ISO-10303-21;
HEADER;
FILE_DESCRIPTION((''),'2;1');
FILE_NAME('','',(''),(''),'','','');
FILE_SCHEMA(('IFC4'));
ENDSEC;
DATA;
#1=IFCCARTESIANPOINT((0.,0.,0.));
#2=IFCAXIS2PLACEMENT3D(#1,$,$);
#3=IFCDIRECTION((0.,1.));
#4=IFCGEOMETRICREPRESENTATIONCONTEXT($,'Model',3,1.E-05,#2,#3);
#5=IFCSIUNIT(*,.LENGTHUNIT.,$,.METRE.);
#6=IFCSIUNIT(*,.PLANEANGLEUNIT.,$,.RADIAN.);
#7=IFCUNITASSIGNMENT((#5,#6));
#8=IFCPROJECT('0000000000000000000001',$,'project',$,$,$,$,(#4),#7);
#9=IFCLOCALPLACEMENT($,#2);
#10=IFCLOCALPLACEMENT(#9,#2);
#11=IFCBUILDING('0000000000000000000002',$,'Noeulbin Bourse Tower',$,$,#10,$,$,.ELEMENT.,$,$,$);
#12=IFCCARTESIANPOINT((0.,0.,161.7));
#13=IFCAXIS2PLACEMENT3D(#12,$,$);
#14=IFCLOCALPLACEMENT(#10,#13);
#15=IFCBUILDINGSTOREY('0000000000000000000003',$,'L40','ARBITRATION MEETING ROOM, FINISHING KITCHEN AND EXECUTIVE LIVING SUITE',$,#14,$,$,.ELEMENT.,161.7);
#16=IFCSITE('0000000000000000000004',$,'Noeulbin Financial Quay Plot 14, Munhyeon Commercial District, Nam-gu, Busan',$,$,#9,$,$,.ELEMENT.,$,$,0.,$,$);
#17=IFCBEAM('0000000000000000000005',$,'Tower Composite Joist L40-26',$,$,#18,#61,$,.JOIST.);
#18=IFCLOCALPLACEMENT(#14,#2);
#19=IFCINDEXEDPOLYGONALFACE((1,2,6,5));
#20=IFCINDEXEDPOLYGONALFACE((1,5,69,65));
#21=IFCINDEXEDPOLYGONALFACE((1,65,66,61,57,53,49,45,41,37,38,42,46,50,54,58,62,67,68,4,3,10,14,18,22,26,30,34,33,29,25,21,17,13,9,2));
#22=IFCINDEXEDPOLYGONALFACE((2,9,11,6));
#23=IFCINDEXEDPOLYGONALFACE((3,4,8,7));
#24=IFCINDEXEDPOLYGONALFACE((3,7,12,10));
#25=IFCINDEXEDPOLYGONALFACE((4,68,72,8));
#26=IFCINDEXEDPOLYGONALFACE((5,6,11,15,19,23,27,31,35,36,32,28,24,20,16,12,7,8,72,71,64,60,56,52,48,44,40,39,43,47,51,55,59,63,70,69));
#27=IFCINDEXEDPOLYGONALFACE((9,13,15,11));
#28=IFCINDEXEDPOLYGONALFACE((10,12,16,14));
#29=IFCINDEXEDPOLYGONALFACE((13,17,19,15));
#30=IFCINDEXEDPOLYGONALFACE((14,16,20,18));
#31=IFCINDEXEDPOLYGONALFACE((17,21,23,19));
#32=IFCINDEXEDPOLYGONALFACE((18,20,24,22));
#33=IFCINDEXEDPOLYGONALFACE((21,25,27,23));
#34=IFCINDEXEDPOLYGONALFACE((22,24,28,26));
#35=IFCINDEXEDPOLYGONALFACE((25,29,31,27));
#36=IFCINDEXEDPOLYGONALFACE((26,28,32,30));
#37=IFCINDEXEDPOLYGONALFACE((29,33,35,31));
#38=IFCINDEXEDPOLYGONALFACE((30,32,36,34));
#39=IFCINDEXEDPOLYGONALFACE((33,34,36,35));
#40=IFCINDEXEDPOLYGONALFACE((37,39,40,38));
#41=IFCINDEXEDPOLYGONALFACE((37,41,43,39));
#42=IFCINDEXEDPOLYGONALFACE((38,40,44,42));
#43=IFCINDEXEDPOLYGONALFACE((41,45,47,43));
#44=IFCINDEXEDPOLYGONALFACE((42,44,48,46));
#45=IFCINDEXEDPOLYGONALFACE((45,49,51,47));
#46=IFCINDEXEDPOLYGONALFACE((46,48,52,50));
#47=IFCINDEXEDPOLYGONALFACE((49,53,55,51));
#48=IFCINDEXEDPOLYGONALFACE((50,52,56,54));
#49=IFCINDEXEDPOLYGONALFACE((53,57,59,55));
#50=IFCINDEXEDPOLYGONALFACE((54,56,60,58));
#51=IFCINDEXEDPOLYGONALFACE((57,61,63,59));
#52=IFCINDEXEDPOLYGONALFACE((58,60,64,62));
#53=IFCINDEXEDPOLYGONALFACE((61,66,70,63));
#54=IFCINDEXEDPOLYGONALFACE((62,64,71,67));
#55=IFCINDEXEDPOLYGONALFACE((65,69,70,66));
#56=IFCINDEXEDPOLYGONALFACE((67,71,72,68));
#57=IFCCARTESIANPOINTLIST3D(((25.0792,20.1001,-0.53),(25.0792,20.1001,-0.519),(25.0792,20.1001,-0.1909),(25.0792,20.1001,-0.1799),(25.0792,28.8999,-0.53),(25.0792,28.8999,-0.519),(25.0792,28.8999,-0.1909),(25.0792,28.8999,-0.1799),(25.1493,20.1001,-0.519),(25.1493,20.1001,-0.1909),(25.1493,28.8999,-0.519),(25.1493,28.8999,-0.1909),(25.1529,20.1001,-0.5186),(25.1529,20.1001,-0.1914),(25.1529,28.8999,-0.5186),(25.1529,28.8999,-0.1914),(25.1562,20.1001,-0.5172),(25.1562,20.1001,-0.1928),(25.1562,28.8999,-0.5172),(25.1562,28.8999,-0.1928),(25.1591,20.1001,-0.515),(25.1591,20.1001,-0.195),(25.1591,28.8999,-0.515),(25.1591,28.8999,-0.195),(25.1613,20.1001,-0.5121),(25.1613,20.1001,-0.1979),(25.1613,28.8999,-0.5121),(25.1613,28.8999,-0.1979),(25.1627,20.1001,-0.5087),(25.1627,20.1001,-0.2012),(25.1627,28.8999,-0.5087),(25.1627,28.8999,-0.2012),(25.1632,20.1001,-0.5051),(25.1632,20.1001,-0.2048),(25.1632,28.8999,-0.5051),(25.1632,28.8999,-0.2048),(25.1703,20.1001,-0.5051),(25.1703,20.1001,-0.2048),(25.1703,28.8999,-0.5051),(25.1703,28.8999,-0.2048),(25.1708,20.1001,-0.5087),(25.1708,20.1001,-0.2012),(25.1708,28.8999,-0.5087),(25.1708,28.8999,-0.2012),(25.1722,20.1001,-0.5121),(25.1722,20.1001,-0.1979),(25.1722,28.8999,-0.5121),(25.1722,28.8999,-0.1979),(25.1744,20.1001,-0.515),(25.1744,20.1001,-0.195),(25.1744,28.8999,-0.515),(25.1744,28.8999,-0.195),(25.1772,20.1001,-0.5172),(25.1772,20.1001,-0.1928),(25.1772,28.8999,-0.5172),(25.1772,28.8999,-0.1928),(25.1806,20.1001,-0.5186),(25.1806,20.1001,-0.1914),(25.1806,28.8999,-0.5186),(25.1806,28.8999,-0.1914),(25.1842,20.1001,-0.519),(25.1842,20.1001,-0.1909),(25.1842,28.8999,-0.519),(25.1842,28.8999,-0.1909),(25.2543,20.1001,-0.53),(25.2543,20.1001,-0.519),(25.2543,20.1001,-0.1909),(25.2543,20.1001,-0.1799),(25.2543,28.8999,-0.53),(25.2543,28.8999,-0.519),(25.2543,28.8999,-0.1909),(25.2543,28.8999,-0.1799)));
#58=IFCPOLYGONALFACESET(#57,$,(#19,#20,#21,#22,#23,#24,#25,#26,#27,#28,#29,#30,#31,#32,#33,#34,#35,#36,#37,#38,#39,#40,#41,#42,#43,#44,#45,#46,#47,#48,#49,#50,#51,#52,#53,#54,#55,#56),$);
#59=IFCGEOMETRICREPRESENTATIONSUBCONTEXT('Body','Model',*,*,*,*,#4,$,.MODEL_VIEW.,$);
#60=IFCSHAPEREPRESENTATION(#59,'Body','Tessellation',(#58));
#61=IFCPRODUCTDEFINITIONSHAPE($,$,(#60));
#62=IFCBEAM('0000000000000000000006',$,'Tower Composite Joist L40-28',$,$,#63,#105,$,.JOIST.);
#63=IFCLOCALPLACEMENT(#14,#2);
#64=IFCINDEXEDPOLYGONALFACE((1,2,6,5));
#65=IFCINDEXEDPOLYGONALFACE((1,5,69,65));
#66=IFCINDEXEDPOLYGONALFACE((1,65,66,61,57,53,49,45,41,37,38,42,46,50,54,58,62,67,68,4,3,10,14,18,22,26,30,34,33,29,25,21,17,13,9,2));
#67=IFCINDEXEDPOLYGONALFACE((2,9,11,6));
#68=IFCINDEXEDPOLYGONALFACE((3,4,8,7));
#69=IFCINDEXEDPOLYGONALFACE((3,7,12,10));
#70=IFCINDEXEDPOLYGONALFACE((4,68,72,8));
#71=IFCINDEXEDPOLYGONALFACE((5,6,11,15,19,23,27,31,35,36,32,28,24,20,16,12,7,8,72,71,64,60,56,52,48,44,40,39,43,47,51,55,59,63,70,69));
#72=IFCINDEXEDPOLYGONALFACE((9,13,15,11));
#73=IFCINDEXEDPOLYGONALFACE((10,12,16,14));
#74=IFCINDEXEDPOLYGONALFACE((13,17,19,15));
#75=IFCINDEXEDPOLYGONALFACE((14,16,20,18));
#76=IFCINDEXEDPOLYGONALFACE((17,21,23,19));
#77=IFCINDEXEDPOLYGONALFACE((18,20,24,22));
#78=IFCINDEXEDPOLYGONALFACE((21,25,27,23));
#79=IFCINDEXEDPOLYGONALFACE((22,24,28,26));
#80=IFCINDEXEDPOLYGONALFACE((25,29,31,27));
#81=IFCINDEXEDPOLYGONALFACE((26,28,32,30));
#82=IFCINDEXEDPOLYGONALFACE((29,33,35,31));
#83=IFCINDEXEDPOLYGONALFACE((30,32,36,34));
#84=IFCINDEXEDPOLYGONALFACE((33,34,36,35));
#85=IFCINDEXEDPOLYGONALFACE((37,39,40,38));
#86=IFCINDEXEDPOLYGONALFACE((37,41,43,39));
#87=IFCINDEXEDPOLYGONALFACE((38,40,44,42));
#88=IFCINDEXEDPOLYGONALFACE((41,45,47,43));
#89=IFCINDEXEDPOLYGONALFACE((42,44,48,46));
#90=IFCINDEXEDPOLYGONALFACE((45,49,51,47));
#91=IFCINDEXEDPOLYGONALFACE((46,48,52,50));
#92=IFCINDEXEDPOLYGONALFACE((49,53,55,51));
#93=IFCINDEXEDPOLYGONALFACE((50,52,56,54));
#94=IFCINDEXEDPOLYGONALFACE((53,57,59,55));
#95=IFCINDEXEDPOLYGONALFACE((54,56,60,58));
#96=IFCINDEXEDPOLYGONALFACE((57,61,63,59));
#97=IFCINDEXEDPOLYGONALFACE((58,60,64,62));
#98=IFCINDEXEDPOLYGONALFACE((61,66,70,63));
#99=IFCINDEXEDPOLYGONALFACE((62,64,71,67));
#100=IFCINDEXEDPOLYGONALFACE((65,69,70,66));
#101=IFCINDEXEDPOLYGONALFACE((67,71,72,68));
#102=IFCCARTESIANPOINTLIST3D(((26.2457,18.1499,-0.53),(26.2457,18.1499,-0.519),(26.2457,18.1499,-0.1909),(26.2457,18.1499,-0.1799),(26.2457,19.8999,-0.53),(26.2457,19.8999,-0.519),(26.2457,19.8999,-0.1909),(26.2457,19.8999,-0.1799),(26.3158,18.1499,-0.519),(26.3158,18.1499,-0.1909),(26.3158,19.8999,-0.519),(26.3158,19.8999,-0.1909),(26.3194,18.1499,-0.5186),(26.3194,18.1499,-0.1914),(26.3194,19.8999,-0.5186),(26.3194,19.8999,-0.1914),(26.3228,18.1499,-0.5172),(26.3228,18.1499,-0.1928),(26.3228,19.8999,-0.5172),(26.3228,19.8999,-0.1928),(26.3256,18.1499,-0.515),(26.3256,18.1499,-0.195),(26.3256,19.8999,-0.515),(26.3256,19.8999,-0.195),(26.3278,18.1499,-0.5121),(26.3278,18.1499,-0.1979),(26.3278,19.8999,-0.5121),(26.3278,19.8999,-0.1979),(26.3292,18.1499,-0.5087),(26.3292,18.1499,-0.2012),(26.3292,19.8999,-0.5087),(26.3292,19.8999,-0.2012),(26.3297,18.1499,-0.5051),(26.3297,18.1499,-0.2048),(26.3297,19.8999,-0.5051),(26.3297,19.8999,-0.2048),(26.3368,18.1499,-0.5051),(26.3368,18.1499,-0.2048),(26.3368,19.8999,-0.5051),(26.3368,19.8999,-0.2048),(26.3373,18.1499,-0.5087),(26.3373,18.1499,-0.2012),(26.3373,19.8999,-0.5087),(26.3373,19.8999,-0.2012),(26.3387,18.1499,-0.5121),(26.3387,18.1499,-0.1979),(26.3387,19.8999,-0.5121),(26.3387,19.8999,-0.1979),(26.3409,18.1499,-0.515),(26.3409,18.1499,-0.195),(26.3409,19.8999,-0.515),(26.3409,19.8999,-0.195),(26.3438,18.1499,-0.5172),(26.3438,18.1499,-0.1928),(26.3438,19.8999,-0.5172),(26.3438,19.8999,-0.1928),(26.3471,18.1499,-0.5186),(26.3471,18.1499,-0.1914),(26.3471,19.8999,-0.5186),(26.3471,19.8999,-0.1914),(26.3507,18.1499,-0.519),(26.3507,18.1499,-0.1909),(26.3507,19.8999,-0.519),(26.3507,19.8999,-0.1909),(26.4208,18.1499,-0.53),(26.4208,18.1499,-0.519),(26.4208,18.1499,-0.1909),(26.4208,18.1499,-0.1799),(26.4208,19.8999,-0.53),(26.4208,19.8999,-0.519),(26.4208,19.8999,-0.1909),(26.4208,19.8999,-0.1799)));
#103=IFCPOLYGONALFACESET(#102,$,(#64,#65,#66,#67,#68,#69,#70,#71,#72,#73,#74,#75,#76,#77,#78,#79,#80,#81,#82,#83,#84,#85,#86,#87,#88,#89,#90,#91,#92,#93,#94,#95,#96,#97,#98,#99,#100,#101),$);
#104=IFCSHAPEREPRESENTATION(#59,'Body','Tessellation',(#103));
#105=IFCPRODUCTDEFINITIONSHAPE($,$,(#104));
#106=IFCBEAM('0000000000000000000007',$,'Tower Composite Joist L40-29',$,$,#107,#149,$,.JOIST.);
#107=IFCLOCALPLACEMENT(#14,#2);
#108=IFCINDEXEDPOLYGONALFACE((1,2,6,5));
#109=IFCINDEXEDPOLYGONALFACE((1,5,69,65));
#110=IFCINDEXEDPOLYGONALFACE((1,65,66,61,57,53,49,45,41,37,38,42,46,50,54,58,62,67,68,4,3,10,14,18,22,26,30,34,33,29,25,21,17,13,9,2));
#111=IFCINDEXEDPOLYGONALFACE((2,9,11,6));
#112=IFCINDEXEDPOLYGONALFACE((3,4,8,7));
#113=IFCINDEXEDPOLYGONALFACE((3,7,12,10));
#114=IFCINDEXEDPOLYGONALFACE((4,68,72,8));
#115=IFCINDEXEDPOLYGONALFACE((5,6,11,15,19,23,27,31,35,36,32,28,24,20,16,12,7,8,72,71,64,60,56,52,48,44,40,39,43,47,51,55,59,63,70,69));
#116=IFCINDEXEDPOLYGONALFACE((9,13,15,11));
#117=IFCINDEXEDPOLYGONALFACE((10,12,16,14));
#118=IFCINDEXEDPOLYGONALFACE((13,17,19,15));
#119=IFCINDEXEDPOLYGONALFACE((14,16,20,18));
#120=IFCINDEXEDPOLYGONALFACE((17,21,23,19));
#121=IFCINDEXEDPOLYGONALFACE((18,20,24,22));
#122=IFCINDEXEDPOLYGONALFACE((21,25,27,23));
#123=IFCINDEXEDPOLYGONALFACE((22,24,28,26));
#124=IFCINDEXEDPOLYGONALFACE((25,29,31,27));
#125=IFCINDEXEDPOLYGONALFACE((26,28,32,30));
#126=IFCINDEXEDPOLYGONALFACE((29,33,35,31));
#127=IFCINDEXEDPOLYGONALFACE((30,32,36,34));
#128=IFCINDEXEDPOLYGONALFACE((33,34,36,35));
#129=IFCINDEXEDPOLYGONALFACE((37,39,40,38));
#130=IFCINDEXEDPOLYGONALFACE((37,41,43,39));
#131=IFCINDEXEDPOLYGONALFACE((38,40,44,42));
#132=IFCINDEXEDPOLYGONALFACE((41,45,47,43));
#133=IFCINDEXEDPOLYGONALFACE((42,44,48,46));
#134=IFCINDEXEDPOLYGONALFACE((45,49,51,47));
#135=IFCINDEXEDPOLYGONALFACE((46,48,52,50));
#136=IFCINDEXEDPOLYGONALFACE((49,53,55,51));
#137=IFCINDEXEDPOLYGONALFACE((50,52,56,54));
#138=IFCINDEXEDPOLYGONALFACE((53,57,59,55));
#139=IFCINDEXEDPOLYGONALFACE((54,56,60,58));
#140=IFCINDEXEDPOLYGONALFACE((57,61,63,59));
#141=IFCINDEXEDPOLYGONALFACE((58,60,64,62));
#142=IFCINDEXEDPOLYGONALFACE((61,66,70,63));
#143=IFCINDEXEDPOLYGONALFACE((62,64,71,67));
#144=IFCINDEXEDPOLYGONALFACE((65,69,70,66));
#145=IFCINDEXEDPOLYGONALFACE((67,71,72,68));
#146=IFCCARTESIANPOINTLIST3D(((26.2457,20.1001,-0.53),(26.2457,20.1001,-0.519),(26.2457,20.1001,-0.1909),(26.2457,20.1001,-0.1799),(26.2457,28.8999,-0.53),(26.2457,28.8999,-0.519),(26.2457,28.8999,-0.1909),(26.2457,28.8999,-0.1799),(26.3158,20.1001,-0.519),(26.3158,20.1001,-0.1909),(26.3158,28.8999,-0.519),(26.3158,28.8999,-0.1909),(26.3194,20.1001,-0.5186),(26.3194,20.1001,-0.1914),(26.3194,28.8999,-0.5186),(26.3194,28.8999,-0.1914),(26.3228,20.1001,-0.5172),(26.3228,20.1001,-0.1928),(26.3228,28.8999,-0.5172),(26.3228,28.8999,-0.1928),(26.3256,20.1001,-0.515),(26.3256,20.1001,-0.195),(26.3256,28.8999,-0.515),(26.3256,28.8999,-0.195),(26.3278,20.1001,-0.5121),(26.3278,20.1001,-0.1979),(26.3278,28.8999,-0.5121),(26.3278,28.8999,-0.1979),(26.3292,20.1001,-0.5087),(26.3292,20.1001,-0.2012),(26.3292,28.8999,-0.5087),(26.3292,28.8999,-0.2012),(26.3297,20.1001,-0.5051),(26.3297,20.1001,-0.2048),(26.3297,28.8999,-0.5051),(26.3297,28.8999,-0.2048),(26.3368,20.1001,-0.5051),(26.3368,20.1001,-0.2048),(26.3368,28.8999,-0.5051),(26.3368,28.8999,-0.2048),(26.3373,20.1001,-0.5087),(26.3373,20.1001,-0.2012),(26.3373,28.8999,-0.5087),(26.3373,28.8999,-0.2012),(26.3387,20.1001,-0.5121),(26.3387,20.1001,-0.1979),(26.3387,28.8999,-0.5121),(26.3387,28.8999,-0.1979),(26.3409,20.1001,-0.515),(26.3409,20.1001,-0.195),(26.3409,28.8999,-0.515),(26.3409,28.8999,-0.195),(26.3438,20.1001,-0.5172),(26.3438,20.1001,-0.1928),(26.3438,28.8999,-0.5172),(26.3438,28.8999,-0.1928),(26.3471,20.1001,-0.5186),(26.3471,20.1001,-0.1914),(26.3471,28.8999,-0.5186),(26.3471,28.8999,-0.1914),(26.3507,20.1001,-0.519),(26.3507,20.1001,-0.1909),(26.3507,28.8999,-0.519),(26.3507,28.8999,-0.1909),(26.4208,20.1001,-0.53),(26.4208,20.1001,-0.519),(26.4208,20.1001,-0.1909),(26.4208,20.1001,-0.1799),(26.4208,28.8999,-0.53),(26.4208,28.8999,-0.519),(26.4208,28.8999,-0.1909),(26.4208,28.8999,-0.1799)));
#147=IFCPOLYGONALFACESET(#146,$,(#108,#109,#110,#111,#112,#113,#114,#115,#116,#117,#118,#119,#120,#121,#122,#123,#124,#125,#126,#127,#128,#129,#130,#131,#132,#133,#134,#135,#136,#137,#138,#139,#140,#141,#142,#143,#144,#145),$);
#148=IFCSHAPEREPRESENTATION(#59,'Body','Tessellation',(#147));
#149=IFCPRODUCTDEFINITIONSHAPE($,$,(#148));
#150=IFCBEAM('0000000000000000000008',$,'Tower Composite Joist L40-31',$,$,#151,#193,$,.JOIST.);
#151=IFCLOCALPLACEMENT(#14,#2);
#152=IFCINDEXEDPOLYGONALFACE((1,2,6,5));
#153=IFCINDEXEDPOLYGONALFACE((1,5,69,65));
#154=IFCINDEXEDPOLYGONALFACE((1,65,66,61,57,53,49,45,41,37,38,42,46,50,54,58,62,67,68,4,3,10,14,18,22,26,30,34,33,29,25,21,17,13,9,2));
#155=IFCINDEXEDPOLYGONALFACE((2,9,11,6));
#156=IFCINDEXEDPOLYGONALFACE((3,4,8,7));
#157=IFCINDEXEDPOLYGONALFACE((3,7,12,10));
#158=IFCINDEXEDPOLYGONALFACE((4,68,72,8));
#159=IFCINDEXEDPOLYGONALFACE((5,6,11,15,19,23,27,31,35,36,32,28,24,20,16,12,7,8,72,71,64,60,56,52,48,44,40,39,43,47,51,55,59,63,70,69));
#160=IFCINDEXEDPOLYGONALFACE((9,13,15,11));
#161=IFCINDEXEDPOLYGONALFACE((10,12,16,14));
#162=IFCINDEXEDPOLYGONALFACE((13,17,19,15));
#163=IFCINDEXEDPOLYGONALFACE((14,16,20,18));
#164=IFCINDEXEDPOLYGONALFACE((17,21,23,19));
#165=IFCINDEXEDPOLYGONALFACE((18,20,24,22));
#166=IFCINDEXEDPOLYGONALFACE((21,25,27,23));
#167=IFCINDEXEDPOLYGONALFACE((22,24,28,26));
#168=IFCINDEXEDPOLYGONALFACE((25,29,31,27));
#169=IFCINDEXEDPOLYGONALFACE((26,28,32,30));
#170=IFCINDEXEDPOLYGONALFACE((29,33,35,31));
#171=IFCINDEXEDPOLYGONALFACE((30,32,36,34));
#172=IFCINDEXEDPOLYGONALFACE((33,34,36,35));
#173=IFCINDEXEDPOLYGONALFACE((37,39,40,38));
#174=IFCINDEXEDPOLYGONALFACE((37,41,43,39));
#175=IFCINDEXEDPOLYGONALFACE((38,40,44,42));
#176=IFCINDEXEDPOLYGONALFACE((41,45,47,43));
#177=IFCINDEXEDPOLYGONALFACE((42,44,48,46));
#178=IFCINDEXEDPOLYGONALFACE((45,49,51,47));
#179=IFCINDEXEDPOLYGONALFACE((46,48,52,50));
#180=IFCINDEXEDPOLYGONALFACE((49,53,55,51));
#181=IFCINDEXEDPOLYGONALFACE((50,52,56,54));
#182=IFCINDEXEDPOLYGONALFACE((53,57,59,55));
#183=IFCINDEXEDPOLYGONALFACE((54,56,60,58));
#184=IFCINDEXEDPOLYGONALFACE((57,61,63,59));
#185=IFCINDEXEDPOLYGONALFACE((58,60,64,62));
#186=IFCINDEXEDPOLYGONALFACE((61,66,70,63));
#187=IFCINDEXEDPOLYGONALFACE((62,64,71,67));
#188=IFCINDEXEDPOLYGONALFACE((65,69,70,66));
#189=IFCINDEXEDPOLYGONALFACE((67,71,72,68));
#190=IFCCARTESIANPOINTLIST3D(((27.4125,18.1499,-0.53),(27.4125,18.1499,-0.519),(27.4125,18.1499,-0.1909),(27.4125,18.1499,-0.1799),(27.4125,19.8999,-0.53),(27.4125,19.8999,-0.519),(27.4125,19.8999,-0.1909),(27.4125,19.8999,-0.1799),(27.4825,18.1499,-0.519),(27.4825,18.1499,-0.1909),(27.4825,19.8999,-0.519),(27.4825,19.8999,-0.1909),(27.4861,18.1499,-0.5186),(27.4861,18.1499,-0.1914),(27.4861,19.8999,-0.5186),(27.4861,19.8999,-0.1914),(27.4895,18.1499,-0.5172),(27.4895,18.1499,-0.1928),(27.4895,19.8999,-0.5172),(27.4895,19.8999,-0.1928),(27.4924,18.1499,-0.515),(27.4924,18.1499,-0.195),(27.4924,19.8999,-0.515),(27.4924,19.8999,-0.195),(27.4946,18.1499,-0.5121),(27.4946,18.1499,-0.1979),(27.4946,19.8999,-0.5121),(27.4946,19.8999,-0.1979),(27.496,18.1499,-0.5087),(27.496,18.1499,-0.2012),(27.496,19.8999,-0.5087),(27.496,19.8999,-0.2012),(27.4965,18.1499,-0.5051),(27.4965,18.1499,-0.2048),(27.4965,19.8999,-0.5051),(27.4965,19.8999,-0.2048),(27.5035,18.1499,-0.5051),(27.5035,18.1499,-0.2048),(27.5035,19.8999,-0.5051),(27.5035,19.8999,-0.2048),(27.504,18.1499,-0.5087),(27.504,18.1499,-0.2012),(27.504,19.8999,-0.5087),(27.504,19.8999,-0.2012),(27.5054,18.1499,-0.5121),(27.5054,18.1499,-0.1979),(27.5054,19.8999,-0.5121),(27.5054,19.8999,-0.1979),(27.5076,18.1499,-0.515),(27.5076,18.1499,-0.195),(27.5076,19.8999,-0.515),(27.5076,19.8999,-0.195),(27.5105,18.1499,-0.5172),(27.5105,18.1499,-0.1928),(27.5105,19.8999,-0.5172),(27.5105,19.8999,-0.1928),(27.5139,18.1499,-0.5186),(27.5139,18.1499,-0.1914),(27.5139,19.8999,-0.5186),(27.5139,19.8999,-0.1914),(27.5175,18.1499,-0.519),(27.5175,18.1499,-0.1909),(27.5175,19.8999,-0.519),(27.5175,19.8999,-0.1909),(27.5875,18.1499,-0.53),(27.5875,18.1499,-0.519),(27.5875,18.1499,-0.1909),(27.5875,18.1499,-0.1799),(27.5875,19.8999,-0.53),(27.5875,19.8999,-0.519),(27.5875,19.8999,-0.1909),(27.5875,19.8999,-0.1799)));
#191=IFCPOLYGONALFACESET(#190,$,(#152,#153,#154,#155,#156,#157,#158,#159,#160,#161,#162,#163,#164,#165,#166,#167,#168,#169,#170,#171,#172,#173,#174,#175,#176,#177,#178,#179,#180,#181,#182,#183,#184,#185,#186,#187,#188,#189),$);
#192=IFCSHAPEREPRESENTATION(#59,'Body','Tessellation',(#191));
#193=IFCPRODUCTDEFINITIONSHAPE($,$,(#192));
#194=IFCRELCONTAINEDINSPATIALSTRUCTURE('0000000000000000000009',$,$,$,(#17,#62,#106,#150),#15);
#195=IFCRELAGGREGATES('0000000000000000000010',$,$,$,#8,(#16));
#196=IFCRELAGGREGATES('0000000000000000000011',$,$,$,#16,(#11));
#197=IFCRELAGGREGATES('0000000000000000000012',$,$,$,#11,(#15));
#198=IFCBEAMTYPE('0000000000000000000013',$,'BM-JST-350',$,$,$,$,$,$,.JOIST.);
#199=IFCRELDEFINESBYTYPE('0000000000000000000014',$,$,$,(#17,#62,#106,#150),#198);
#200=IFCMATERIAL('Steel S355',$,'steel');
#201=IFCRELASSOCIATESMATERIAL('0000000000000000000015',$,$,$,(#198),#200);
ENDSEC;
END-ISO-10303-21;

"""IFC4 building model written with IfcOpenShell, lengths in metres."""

from ifc_helpers import new_model, si_unit, direction, frame, origin, origin_2d, place, context, subcontext, project, spatial, i_section, extrude, material, material_profile, profile_set, type_object, element, save


model = new_model("IFC4")

# Units and contexts
model_context = context("Model", 3, precision=1e-05, world=origin(), true_north=direction((0.0, 1.0)))
body_context = subcontext(model_context, "Body", "Model", "MODEL_VIEW")
ifc_project = project(units=[si_unit("LENGTHUNIT", "METRE"), si_unit("PLANEANGLEUNIT", "RADIAN")], contexts=[model_context])

# Site, building, storey
site_placement = place(None, origin())
site = spatial("IfcSite", under=ifc_project, at=site_placement, Name="Noeulbin Financial Quay Plot 14, Munhyeon Commercial District, Nam-gu, Busan", CompositionType="ELEMENT", RefElevation=0.0)
building_placement = place(site_placement, origin())
building = spatial("IfcBuilding", under=site, at=building_placement, Name="Noeulbin Bourse Tower", CompositionType="ELEMENT")
storey_placement = place(building_placement, frame((0.0, 0.0, 161.7)))
storey = spatial("IfcBuildingStorey", under=building, at=storey_placement, Name="L40", Description="ARBITRATION MEETING ROOM, FINISHING KITCHEN AND EXECUTIVE LIVING SUITE", CompositionType="ELEMENT", Elevation=161.7)

# Beams
ifc_material_1 = material(Name="Steel S355", Category="steel")
ifc_material_profile_1 = material_profile(ifc_material_1, i_section(OverallWidth=0.175, OverallDepth=0.3501, WebThickness=0.0071, FlangeThickness=0.011, FilletRadius=0.0139, at=origin_2d()), Name="H-350x175x7x11", Category="LoadBearing")
ifc_profile_set_1 = profile_set([ifc_material_profile_1], Name="Steel S355")
beam_type_1 = type_object("IfcBeamType", Name="BM-JST-350", PredefinedType="JOIST", material=ifc_profile_set_1)
beam_1_placement = place(storey_placement, frame((25.1667, 20.1001, -0.355), z_axis=(0.0, 1.0, 0.0), x_axis=(-1.0, 0.0, 0.0)))
element("IfcBeam", 1, at=beam_1_placement, inside=storey, type_object=beam_type_1, Name="Tower Composite Joist L40-26", PredefinedType="JOIST", context=body_context, shape_type="SweptSolid", body=[
    extrude(i_section(OverallWidth=0.175, OverallDepth=0.3501, WebThickness=0.0071, FlangeThickness=0.011, FilletRadius=0.0139, at=origin_2d()), origin(), (0.0, 0.0, 1.0), 8.7998),
])
beam_2_placement = place(storey_placement, frame((26.3333, 18.1499, -0.355), z_axis=(0.0, 1.0, 0.0), x_axis=(-1.0, 0.0, 0.0)))
element("IfcBeam", 2, at=beam_2_placement, inside=storey, type_object=beam_type_1, Name="Tower Composite Joist L40-28", PredefinedType="JOIST", context=body_context, shape_type="SweptSolid", body=[
    extrude(i_section(OverallWidth=0.175, OverallDepth=0.3501, WebThickness=0.0071, FlangeThickness=0.011, FilletRadius=0.0139, at=origin_2d()), origin(), (0.0, 0.0, 1.0), 1.75),
])
beam_3_placement = place(storey_placement, frame((26.3333, 20.1001, -0.355), z_axis=(0.0, 1.0, 0.0), x_axis=(-1.0, 0.0, 0.0)))
element("IfcBeam", 3, at=beam_3_placement, inside=storey, type_object=beam_type_1, Name="Tower Composite Joist L40-29", PredefinedType="JOIST", context=body_context, shape_type="SweptSolid", body=[
    extrude(i_section(OverallWidth=0.175, OverallDepth=0.3501, WebThickness=0.0071, FlangeThickness=0.011, FilletRadius=0.0139, at=origin_2d()), origin(), (0.0, 0.0, 1.0), 8.7998),
])
beam_4_placement = place(storey_placement, frame((27.5, 18.1499, -0.355), z_axis=(0.0, 1.0, 0.0), x_axis=(-1.0, 0.0, 0.0)))
element("IfcBeam", 4, at=beam_4_placement, inside=storey, type_object=beam_type_1, Name="Tower Composite Joist L40-31", PredefinedType="JOIST", context=body_context, shape_type="SweptSolid", body=[
    extrude(i_section(OverallWidth=0.175, OverallDepth=0.3501, WebThickness=0.0071, FlangeThickness=0.011, FilletRadius=0.0139, at=origin_2d()), origin(), (0.0, 0.0, 1.0), 1.75),
])

save(model, "model.ifc")
